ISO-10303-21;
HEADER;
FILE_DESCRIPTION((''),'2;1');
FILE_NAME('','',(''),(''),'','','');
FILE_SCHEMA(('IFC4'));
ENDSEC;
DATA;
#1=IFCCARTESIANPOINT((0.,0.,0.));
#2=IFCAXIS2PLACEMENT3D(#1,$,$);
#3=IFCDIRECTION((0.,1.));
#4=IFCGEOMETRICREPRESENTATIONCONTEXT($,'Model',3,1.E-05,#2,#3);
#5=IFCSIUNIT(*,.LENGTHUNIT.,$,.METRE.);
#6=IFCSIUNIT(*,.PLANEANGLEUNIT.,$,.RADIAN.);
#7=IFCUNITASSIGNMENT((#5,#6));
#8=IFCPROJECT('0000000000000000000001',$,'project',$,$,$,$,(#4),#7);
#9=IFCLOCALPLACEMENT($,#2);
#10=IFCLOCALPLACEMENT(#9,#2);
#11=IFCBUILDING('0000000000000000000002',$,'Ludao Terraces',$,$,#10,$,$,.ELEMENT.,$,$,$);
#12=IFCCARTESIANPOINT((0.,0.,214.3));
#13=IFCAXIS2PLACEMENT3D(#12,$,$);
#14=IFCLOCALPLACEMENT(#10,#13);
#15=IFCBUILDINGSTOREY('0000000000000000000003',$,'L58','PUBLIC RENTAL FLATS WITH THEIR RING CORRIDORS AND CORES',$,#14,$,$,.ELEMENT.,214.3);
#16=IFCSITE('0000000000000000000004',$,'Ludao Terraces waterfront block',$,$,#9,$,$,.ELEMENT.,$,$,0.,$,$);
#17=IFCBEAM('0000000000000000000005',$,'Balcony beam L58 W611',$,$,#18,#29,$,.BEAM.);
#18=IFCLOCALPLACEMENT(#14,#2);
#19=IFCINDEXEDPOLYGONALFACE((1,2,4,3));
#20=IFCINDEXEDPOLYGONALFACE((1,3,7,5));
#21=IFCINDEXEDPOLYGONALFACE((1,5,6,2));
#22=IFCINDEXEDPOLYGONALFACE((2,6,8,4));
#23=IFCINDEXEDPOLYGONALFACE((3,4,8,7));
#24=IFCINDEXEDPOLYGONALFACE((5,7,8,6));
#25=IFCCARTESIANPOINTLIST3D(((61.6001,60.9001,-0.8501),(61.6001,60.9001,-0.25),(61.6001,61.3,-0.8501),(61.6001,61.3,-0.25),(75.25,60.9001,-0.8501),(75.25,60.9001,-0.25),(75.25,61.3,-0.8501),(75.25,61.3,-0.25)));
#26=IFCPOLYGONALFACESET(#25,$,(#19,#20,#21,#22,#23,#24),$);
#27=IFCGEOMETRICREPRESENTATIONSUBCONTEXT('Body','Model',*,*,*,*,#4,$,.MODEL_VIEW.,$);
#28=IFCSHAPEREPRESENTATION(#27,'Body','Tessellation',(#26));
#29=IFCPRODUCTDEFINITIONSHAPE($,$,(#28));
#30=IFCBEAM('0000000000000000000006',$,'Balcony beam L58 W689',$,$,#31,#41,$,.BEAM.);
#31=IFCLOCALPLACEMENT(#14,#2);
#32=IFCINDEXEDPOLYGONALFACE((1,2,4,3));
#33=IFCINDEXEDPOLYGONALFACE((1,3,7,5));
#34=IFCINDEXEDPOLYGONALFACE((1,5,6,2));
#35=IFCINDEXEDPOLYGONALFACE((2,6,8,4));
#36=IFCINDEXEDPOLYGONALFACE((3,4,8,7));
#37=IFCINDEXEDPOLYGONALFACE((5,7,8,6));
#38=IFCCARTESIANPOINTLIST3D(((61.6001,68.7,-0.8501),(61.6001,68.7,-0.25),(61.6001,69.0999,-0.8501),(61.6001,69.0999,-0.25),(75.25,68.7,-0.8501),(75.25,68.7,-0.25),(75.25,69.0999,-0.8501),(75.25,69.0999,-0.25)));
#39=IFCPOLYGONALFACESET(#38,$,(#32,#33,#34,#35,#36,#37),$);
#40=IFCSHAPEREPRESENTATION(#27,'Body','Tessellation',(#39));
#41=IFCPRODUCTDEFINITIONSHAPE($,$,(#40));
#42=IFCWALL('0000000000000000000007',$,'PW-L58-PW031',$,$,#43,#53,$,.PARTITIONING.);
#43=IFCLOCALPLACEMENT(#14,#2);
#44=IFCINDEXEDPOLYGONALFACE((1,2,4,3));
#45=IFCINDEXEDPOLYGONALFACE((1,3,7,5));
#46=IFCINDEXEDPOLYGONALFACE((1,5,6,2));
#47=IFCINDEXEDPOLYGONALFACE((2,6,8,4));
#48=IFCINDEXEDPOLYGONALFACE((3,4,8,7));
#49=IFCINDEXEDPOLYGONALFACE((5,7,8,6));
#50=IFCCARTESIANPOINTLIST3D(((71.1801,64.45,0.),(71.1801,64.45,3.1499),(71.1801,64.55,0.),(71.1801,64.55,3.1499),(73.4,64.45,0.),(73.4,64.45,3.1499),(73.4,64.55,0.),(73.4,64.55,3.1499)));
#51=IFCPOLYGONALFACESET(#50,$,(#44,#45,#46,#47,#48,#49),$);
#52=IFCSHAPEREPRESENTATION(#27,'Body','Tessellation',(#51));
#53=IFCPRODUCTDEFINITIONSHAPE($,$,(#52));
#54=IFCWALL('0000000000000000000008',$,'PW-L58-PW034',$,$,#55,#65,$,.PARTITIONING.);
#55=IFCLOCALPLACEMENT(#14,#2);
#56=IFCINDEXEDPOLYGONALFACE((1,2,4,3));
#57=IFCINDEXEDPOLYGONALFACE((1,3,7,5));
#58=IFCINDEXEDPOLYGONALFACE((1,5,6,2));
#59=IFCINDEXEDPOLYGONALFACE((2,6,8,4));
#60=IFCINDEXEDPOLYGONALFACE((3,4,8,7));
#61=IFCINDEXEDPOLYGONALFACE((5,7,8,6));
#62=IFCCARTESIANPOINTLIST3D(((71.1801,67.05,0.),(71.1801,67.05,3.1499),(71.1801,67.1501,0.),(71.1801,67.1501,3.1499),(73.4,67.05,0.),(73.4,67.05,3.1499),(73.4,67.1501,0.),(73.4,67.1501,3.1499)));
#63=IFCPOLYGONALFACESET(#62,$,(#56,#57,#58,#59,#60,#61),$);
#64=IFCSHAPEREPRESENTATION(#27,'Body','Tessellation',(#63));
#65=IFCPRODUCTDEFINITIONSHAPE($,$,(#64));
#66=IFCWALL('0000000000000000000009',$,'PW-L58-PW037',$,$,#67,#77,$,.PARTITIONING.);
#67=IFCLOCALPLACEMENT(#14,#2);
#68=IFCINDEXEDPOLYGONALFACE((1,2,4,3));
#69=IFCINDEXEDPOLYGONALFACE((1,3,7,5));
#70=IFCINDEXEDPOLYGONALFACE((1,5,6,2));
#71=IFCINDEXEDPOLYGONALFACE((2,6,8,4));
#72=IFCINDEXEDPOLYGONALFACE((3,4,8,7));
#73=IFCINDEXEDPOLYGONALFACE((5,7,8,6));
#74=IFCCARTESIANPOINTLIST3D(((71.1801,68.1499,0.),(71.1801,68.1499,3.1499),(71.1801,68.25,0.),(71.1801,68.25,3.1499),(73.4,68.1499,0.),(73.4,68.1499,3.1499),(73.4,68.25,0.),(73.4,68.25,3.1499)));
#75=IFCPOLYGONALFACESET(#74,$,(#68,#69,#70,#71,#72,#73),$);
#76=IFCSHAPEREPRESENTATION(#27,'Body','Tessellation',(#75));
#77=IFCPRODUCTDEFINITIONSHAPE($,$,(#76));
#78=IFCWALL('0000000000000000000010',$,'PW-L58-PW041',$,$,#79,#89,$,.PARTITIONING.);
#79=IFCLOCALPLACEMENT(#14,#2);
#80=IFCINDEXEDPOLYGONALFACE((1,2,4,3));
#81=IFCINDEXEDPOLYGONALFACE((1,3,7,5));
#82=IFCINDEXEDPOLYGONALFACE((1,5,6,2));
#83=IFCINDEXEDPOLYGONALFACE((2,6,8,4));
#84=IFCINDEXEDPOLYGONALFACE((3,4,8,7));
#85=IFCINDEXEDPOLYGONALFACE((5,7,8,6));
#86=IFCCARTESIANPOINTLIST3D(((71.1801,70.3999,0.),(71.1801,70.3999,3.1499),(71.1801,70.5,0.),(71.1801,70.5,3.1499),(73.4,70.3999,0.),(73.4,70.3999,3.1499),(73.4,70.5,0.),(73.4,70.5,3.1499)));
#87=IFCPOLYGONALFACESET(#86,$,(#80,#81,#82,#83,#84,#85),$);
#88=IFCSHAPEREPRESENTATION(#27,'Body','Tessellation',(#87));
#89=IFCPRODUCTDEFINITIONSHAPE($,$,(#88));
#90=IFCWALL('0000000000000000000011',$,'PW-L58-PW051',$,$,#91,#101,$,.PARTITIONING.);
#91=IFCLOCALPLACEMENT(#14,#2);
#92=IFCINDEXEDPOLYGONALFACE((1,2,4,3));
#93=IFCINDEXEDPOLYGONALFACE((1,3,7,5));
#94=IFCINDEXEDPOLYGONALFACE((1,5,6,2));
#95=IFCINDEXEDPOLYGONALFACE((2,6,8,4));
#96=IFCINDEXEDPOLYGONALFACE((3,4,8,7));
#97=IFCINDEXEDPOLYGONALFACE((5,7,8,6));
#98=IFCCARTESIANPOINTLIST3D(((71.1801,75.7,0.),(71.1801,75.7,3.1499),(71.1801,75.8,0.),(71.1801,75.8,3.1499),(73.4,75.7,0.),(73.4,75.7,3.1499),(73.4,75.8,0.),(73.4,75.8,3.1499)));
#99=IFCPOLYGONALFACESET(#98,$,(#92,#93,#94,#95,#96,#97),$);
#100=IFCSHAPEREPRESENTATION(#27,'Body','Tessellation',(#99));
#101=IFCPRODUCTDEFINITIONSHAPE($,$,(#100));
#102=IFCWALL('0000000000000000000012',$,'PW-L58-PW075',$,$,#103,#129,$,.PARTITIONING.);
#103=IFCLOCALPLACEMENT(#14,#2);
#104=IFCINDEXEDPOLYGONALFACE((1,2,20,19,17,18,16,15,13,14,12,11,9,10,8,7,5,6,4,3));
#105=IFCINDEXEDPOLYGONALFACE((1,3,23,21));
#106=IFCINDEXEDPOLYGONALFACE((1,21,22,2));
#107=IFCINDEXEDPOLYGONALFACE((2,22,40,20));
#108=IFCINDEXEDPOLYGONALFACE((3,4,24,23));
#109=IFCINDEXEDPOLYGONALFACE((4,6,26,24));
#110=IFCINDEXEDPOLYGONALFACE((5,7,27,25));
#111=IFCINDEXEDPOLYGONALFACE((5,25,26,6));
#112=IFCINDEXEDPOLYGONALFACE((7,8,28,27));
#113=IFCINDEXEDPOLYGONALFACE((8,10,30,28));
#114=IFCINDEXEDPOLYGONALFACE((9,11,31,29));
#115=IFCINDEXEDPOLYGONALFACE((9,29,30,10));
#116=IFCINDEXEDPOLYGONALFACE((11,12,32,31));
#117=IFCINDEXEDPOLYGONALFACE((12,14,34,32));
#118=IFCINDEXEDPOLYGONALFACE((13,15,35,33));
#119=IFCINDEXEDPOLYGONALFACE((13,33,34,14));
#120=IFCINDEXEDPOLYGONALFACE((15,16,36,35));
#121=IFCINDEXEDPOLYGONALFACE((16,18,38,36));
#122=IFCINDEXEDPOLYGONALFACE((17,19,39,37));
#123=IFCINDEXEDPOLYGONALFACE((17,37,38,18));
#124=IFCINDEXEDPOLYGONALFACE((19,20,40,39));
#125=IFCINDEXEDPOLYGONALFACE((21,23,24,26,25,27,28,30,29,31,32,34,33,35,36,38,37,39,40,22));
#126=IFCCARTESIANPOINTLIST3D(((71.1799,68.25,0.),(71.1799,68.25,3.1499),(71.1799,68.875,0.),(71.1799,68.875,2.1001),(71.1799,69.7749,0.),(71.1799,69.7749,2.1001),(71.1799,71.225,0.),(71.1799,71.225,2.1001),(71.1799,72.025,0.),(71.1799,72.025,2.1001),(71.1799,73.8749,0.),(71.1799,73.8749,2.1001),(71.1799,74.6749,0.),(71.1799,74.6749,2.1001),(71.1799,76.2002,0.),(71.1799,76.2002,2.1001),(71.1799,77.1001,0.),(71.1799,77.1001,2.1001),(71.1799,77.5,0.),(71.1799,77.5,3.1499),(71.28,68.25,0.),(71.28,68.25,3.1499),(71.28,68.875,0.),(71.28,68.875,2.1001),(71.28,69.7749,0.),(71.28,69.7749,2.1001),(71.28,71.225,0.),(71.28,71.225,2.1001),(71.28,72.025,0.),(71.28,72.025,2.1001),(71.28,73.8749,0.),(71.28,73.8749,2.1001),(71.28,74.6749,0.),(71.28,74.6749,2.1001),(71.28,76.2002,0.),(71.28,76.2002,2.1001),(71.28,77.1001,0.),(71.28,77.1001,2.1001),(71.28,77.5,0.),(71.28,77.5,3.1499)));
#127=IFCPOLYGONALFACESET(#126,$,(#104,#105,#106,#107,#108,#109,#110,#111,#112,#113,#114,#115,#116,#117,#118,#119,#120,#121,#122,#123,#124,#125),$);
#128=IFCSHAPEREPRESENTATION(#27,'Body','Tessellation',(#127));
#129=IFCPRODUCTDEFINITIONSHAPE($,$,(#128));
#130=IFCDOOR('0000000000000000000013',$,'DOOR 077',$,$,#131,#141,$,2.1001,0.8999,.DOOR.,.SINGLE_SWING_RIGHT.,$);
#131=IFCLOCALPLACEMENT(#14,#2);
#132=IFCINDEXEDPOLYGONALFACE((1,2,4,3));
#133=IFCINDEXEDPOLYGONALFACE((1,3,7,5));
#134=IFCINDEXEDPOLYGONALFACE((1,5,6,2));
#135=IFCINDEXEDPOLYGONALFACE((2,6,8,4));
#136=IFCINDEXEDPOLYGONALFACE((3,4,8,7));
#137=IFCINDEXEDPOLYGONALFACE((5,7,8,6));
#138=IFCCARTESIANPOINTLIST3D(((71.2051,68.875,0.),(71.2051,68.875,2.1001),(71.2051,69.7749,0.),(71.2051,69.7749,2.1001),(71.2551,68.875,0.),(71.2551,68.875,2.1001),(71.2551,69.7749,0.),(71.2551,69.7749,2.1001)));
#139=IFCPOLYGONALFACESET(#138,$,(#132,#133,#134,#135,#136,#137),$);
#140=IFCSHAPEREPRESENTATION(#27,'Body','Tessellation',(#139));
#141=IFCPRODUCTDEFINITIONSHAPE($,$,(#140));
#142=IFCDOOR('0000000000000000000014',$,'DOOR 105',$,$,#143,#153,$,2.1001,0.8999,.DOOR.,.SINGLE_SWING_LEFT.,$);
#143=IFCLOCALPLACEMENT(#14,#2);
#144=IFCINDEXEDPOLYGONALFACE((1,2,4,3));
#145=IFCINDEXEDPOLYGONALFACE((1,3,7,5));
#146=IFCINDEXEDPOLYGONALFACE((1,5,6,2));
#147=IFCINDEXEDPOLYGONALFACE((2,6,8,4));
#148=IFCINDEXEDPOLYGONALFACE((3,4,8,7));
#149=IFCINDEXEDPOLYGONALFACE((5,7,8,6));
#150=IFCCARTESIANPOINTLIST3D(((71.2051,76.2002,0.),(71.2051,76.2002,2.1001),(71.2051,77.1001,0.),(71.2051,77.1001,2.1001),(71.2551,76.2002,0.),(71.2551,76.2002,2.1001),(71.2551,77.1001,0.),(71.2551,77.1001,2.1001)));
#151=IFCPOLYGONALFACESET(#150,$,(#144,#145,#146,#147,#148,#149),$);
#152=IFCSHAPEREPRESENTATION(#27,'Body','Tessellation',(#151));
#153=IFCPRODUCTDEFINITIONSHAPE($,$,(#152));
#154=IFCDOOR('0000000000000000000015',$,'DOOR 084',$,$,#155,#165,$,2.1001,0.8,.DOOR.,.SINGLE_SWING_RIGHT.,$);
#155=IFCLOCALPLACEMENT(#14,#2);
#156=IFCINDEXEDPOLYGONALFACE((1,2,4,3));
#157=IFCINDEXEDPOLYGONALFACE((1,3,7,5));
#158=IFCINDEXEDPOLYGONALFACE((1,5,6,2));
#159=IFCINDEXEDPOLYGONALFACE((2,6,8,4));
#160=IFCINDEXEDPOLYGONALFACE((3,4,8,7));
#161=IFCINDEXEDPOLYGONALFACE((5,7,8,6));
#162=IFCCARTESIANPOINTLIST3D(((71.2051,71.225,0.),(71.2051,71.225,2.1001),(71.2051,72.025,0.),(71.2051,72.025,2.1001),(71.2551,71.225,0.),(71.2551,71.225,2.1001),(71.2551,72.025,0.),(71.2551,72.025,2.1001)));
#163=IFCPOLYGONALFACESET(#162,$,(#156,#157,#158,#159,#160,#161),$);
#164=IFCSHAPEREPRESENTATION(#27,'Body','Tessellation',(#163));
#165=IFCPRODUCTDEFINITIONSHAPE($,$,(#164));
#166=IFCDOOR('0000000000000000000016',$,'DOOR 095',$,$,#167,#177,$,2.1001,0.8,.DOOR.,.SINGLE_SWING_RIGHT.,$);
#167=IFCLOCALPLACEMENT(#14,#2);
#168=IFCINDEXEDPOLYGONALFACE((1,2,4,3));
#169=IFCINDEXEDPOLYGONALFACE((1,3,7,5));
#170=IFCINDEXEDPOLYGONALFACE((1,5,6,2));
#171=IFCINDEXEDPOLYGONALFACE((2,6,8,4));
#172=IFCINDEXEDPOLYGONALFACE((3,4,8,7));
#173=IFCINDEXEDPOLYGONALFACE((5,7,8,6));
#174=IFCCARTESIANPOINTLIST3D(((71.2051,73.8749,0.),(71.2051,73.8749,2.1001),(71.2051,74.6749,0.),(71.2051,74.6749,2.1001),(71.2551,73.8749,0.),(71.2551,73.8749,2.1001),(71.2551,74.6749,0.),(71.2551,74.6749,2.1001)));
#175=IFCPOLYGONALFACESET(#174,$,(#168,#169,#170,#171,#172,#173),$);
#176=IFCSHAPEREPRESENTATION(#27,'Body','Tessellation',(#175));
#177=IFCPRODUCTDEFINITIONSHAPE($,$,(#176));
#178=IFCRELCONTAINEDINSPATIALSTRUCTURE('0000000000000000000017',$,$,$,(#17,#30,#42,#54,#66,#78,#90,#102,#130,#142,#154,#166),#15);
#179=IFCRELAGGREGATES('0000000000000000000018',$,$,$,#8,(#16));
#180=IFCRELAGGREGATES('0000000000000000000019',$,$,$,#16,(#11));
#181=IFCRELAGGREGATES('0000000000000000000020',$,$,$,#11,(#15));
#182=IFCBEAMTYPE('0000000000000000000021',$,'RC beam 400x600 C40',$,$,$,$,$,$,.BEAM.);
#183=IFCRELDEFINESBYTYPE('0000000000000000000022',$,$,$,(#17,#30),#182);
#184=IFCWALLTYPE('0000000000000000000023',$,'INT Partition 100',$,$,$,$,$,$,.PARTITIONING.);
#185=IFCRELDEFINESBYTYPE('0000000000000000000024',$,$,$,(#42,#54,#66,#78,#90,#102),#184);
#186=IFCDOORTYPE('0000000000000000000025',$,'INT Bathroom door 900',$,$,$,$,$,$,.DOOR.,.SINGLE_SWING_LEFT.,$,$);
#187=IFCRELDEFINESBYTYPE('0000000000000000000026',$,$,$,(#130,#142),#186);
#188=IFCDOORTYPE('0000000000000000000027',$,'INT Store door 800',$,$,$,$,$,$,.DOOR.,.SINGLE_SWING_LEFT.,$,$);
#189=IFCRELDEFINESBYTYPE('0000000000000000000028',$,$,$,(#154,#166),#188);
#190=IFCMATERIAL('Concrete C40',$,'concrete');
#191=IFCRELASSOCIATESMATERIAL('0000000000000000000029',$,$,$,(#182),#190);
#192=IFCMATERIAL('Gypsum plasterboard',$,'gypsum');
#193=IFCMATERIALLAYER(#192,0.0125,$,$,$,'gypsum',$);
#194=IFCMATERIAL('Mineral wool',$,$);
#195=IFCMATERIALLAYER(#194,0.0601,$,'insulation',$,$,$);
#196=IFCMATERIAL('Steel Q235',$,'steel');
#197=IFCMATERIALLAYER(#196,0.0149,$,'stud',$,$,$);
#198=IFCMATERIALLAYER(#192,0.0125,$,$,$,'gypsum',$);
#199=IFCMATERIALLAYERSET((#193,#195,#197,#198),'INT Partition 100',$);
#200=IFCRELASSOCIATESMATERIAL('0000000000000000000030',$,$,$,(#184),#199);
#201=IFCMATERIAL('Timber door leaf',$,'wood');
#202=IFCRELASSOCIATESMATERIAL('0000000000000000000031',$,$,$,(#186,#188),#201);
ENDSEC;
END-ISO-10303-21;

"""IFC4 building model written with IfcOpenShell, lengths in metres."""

from ifc_helpers import new_model, si_unit, direction, frame, frame_2d, origin, origin_2d, place, context, subcontext, project, spatial, rectangle, extrude, material, layer, layer_set, material_profile, profile_set, type_object, element, fill, save


model = new_model("IFC4")

# Units and contexts
model_context = context("Model", 3, precision=1e-05, world=origin(), true_north=direction((0.0, 1.0)))
body_context = subcontext(model_context, "Body", "Model", "MODEL_VIEW")
ifc_project = project(units=[si_unit("LENGTHUNIT", "METRE"), si_unit("PLANEANGLEUNIT", "RADIAN")], contexts=[model_context])

# Site, building, storey
site_placement = place(None, origin())
site = spatial("IfcSite", under=ifc_project, at=site_placement, Name="Ludao Terraces waterfront block", CompositionType="ELEMENT", RefElevation=0.0)
building_placement = place(site_placement, origin())
building = spatial("IfcBuilding", under=site, at=building_placement, Name="Ludao Terraces", CompositionType="ELEMENT")
storey_placement = place(building_placement, frame((0.0, 0.0, 214.3)))
storey = spatial("IfcBuildingStorey", under=building, at=storey_placement, Name="L58", Description="PUBLIC RENTAL FLATS WITH THEIR RING CORRIDORS AND CORES", CompositionType="ELEMENT", Elevation=214.3)

# Beams
ifc_material_1 = material(Name="Concrete C40", Category="concrete")
ifc_material_profile = material_profile(ifc_material_1, rectangle(XDim=0.3999, YDim=0.6001, at=origin_2d()), Name="400 X 600")
ifc_profile_set = profile_set([ifc_material_profile], Name="Concrete C40")
beam_type = type_object("IfcBeamType", Name="RC beam 400x600 C40", PredefinedType="BEAM", material=ifc_profile_set)
for number, where, z_axis, x_axis, name in (
    (1, (75.25, 61.1001, -0.55), (-1.0, 0.0, 0.0), (0.0, -1.0, 0.0), "Balcony beam L58 W611"),
    (2, (75.25, 68.8999, -0.55), (-1.0, 0.0, 0.0), (0.0, -1.0, 0.0), "Balcony beam L58 W689"),
):
    element("IfcBeam", number, at=place(storey_placement, frame(where, z_axis=z_axis, x_axis=x_axis)), inside=storey, type_object=beam_type, Name=name, PredefinedType="BEAM", context=body_context, shape_type="SweptSolid", body=[
        extrude(rectangle(XDim=0.3999, YDim=0.6001, at=origin_2d()), origin(), (0.0, 0.0, 1.0), 13.6499),
    ])

# Walls
ifc_material_2 = material(Name="Gypsum plasterboard", Category="gypsum")
ifc_layer_1 = layer(ifc_material_2, 0.0125, Category="gypsum")
ifc_material_3 = material(Name="Mineral wool")
ifc_layer_2 = layer(ifc_material_3, 0.0601, Name="insulation")
ifc_material_4 = material(Name="Steel Q235", Category="steel")
ifc_layer_3 = layer(ifc_material_4, 0.0149, Name="stud")
ifc_layer_4 = layer(ifc_material_2, 0.0125, Category="gypsum")
ifc_layer_set_1 = layer_set([ifc_layer_1, ifc_layer_2, ifc_layer_3, ifc_layer_4], Name="INT Partition 100")
wall_type_1 = type_object("IfcWallType", Name="INT Partition 100", PredefinedType="PARTITIONING", material=ifc_layer_set_1)
for number, where, z_axis, x_axis, name in (
    (3, (71.1802, 64.5, 0.0), (0.0, 0.0, 1.0), (1.0, 0.0, 0.0), "PW-L58-PW031"),
    (4, (71.1802, 67.1001, 0.0), (0.0, 0.0, 1.0), (1.0, 0.0, 0.0), "PW-L58-PW034"),
    (5, (71.1802, 68.2, 0.0), (0.0, 0.0, 1.0), (1.0, 0.0, 0.0), "PW-L58-PW037"),
    (6, (71.1802, 70.45, 0.0), (0.0, 0.0, 1.0), (1.0, 0.0, 0.0), "PW-L58-PW041"),
    (7, (71.1802, 75.75, 0.0), (0.0, 0.0, 1.0), (1.0, 0.0, 0.0), "PW-L58-PW051"),
):
    element("IfcWall", number, at=place(storey_placement, frame(where, z_axis=z_axis, x_axis=x_axis)), inside=storey, type_object=wall_type_1, Name=name, PredefinedType="PARTITIONING", context=body_context, shape_type="SweptSolid", body=[
        extrude(rectangle(XDim=2.22, YDim=0.1001, at=frame_2d((1.1099, 0.0))), origin(), (0.0, 0.0, 1.0), 3.1499),
    ])

# Wall, openings, doors
wall_1_placement = place(storey_placement, frame((71.23, 68.25, 0.0), z_axis=(0.0, 0.0, 1.0), x_axis=(0.0, 1.0, 0.0)))
wall_1 = element("IfcWall", 8, at=wall_1_placement, inside=storey, type_object=wall_type_1, Name="PW-L58-PW075", PredefinedType="PARTITIONING", context=body_context, shape_type="SweptSolid", body=[
    extrude(rectangle(XDim=9.25, YDim=0.1001, at=frame_2d((4.625, 0.0))), origin(), (0.0, 0.0, 1.0), 3.1499),
])
opening_1_placement = place(wall_1_placement, frame((0.625, 0.0, 0.0)))
opening_1 = element("IfcOpeningElement", 9, at=opening_1_placement, cuts=wall_1, PredefinedType="OPENING", context=body_context, shape_type="SweptSolid", body=[
    extrude(rectangle(XDim=0.8999, YDim=2.1001, at=frame_2d((0.45, 1.05))), frame((0.0, 0.0601, 0.0), z_axis=(0.0, -1.0, 0.0), x_axis=(1.0, 0.0, 0.0)), (0.0, 0.0, 1.0), 0.1201),
])
opening_2_placement = place(wall_1_placement, frame((2.9751, 0.0, 0.0)))
opening_2 = element("IfcOpeningElement", 10, at=opening_2_placement, cuts=wall_1, PredefinedType="OPENING", context=body_context, shape_type="SweptSolid", body=[
    extrude(rectangle(XDim=0.8, YDim=2.1001, at=frame_2d((0.3999, 1.05))), frame((0.0, 0.0601, 0.0), z_axis=(0.0, -1.0, 0.0), x_axis=(1.0, 0.0, 0.0)), (0.0, 0.0, 1.0), 0.1201),
])
opening_3_placement = place(wall_1_placement, frame((5.625, 0.0, 0.0)))
opening_3 = element("IfcOpeningElement", 11, at=opening_3_placement, cuts=wall_1, PredefinedType="OPENING", context=body_context, shape_type="SweptSolid", body=[
    extrude(rectangle(XDim=0.8, YDim=2.1001, at=frame_2d((0.3999, 1.05))), frame((0.0, 0.0601, 0.0), z_axis=(0.0, -1.0, 0.0), x_axis=(1.0, 0.0, 0.0)), (0.0, 0.0, 1.0), 0.1201),
])
opening_4_placement = place(wall_1_placement, frame((7.9502, 0.0, 0.0)))
opening_4 = element("IfcOpeningElement", 12, at=opening_4_placement, cuts=wall_1, PredefinedType="OPENING", context=body_context, shape_type="SweptSolid", body=[
    extrude(rectangle(XDim=0.8999, YDim=2.1001, at=frame_2d((0.45, 1.05))), frame((0.0, 0.0601, 0.0), z_axis=(0.0, -1.0, 0.0), x_axis=(1.0, 0.0, 0.0)), (0.0, 0.0, 1.0), 0.1201),
])
ifc_material_5 = material(Name="Timber door leaf", Category="wood")
door_type_1 = type_object("IfcDoorType", Name="INT Bathroom door 900", OperationType="SINGLE_SWING_LEFT", PredefinedType="DOOR", material=ifc_material_5)
door_1_placement = place(opening_1_placement, origin())
door_1 = element("IfcDoor", 13, at=door_1_placement, inside=storey, type_object=door_type_1, Name="DOOR 077", OperationType="SINGLE_SWING_RIGHT", OverallHeight=2.1001, OverallWidth=0.8999, PredefinedType="DOOR", context=body_context, shape_type="SweptSolid", body=[
    extrude(rectangle(XDim=0.8999, YDim=2.1001, at=frame_2d((0.45, 1.05))), frame((0.0, 0.0249, 0.0), z_axis=(0.0, -1.0, 0.0), x_axis=(1.0, 0.0, 0.0)), (0.0, 0.0, 1.0), 0.05),
])
fill(opening_1, door_1)
door_2_placement = place(opening_4_placement, origin())
door_2 = element("IfcDoor", 14, at=door_2_placement, inside=storey, type_object=door_type_1, Name="DOOR 105", OperationType="SINGLE_SWING_LEFT", OverallHeight=2.1001, OverallWidth=0.8999, PredefinedType="DOOR", context=body_context, shape_type="SweptSolid", body=[
    extrude(rectangle(XDim=0.8999, YDim=2.1001, at=frame_2d((0.45, 1.05))), frame((0.0, 0.0249, 0.0), z_axis=(0.0, -1.0, 0.0), x_axis=(1.0, 0.0, 0.0)), (0.0, 0.0, 1.0), 0.05),
])
fill(opening_4, door_2)
door_type_2 = type_object("IfcDoorType", Name="INT Store door 800", OperationType="SINGLE_SWING_LEFT", PredefinedType="DOOR", material=ifc_material_5)
door_3_placement = place(opening_2_placement, origin())
door_3 = element("IfcDoor", 15, at=door_3_placement, inside=storey, type_object=door_type_2, Name="DOOR 084", OperationType="SINGLE_SWING_RIGHT", OverallHeight=2.1001, OverallWidth=0.8, PredefinedType="DOOR", context=body_context, shape_type="SweptSolid", body=[
    extrude(rectangle(XDim=0.8, YDim=2.1001, at=frame_2d((0.3999, 1.05))), frame((0.0, 0.0249, 0.0), z_axis=(0.0, -1.0, 0.0), x_axis=(1.0, 0.0, 0.0)), (0.0, 0.0, 1.0), 0.05),
])
fill(opening_2, door_3)
door_4_placement = place(opening_3_placement, origin())
door_4 = element("IfcDoor", 16, at=door_4_placement, inside=storey, type_object=door_type_2, Name="DOOR 095", OperationType="SINGLE_SWING_RIGHT", OverallHeight=2.1001, OverallWidth=0.8, PredefinedType="DOOR", context=body_context, shape_type="SweptSolid", body=[
    extrude(rectangle(XDim=0.8, YDim=2.1001, at=frame_2d((0.3999, 1.05))), frame((0.0, 0.0249, 0.0), z_axis=(0.0, -1.0, 0.0), x_axis=(1.0, 0.0, 0.0)), (0.0, 0.0, 1.0), 0.05),
])
fill(opening_3, door_4)

save(model, "model.ifc")
